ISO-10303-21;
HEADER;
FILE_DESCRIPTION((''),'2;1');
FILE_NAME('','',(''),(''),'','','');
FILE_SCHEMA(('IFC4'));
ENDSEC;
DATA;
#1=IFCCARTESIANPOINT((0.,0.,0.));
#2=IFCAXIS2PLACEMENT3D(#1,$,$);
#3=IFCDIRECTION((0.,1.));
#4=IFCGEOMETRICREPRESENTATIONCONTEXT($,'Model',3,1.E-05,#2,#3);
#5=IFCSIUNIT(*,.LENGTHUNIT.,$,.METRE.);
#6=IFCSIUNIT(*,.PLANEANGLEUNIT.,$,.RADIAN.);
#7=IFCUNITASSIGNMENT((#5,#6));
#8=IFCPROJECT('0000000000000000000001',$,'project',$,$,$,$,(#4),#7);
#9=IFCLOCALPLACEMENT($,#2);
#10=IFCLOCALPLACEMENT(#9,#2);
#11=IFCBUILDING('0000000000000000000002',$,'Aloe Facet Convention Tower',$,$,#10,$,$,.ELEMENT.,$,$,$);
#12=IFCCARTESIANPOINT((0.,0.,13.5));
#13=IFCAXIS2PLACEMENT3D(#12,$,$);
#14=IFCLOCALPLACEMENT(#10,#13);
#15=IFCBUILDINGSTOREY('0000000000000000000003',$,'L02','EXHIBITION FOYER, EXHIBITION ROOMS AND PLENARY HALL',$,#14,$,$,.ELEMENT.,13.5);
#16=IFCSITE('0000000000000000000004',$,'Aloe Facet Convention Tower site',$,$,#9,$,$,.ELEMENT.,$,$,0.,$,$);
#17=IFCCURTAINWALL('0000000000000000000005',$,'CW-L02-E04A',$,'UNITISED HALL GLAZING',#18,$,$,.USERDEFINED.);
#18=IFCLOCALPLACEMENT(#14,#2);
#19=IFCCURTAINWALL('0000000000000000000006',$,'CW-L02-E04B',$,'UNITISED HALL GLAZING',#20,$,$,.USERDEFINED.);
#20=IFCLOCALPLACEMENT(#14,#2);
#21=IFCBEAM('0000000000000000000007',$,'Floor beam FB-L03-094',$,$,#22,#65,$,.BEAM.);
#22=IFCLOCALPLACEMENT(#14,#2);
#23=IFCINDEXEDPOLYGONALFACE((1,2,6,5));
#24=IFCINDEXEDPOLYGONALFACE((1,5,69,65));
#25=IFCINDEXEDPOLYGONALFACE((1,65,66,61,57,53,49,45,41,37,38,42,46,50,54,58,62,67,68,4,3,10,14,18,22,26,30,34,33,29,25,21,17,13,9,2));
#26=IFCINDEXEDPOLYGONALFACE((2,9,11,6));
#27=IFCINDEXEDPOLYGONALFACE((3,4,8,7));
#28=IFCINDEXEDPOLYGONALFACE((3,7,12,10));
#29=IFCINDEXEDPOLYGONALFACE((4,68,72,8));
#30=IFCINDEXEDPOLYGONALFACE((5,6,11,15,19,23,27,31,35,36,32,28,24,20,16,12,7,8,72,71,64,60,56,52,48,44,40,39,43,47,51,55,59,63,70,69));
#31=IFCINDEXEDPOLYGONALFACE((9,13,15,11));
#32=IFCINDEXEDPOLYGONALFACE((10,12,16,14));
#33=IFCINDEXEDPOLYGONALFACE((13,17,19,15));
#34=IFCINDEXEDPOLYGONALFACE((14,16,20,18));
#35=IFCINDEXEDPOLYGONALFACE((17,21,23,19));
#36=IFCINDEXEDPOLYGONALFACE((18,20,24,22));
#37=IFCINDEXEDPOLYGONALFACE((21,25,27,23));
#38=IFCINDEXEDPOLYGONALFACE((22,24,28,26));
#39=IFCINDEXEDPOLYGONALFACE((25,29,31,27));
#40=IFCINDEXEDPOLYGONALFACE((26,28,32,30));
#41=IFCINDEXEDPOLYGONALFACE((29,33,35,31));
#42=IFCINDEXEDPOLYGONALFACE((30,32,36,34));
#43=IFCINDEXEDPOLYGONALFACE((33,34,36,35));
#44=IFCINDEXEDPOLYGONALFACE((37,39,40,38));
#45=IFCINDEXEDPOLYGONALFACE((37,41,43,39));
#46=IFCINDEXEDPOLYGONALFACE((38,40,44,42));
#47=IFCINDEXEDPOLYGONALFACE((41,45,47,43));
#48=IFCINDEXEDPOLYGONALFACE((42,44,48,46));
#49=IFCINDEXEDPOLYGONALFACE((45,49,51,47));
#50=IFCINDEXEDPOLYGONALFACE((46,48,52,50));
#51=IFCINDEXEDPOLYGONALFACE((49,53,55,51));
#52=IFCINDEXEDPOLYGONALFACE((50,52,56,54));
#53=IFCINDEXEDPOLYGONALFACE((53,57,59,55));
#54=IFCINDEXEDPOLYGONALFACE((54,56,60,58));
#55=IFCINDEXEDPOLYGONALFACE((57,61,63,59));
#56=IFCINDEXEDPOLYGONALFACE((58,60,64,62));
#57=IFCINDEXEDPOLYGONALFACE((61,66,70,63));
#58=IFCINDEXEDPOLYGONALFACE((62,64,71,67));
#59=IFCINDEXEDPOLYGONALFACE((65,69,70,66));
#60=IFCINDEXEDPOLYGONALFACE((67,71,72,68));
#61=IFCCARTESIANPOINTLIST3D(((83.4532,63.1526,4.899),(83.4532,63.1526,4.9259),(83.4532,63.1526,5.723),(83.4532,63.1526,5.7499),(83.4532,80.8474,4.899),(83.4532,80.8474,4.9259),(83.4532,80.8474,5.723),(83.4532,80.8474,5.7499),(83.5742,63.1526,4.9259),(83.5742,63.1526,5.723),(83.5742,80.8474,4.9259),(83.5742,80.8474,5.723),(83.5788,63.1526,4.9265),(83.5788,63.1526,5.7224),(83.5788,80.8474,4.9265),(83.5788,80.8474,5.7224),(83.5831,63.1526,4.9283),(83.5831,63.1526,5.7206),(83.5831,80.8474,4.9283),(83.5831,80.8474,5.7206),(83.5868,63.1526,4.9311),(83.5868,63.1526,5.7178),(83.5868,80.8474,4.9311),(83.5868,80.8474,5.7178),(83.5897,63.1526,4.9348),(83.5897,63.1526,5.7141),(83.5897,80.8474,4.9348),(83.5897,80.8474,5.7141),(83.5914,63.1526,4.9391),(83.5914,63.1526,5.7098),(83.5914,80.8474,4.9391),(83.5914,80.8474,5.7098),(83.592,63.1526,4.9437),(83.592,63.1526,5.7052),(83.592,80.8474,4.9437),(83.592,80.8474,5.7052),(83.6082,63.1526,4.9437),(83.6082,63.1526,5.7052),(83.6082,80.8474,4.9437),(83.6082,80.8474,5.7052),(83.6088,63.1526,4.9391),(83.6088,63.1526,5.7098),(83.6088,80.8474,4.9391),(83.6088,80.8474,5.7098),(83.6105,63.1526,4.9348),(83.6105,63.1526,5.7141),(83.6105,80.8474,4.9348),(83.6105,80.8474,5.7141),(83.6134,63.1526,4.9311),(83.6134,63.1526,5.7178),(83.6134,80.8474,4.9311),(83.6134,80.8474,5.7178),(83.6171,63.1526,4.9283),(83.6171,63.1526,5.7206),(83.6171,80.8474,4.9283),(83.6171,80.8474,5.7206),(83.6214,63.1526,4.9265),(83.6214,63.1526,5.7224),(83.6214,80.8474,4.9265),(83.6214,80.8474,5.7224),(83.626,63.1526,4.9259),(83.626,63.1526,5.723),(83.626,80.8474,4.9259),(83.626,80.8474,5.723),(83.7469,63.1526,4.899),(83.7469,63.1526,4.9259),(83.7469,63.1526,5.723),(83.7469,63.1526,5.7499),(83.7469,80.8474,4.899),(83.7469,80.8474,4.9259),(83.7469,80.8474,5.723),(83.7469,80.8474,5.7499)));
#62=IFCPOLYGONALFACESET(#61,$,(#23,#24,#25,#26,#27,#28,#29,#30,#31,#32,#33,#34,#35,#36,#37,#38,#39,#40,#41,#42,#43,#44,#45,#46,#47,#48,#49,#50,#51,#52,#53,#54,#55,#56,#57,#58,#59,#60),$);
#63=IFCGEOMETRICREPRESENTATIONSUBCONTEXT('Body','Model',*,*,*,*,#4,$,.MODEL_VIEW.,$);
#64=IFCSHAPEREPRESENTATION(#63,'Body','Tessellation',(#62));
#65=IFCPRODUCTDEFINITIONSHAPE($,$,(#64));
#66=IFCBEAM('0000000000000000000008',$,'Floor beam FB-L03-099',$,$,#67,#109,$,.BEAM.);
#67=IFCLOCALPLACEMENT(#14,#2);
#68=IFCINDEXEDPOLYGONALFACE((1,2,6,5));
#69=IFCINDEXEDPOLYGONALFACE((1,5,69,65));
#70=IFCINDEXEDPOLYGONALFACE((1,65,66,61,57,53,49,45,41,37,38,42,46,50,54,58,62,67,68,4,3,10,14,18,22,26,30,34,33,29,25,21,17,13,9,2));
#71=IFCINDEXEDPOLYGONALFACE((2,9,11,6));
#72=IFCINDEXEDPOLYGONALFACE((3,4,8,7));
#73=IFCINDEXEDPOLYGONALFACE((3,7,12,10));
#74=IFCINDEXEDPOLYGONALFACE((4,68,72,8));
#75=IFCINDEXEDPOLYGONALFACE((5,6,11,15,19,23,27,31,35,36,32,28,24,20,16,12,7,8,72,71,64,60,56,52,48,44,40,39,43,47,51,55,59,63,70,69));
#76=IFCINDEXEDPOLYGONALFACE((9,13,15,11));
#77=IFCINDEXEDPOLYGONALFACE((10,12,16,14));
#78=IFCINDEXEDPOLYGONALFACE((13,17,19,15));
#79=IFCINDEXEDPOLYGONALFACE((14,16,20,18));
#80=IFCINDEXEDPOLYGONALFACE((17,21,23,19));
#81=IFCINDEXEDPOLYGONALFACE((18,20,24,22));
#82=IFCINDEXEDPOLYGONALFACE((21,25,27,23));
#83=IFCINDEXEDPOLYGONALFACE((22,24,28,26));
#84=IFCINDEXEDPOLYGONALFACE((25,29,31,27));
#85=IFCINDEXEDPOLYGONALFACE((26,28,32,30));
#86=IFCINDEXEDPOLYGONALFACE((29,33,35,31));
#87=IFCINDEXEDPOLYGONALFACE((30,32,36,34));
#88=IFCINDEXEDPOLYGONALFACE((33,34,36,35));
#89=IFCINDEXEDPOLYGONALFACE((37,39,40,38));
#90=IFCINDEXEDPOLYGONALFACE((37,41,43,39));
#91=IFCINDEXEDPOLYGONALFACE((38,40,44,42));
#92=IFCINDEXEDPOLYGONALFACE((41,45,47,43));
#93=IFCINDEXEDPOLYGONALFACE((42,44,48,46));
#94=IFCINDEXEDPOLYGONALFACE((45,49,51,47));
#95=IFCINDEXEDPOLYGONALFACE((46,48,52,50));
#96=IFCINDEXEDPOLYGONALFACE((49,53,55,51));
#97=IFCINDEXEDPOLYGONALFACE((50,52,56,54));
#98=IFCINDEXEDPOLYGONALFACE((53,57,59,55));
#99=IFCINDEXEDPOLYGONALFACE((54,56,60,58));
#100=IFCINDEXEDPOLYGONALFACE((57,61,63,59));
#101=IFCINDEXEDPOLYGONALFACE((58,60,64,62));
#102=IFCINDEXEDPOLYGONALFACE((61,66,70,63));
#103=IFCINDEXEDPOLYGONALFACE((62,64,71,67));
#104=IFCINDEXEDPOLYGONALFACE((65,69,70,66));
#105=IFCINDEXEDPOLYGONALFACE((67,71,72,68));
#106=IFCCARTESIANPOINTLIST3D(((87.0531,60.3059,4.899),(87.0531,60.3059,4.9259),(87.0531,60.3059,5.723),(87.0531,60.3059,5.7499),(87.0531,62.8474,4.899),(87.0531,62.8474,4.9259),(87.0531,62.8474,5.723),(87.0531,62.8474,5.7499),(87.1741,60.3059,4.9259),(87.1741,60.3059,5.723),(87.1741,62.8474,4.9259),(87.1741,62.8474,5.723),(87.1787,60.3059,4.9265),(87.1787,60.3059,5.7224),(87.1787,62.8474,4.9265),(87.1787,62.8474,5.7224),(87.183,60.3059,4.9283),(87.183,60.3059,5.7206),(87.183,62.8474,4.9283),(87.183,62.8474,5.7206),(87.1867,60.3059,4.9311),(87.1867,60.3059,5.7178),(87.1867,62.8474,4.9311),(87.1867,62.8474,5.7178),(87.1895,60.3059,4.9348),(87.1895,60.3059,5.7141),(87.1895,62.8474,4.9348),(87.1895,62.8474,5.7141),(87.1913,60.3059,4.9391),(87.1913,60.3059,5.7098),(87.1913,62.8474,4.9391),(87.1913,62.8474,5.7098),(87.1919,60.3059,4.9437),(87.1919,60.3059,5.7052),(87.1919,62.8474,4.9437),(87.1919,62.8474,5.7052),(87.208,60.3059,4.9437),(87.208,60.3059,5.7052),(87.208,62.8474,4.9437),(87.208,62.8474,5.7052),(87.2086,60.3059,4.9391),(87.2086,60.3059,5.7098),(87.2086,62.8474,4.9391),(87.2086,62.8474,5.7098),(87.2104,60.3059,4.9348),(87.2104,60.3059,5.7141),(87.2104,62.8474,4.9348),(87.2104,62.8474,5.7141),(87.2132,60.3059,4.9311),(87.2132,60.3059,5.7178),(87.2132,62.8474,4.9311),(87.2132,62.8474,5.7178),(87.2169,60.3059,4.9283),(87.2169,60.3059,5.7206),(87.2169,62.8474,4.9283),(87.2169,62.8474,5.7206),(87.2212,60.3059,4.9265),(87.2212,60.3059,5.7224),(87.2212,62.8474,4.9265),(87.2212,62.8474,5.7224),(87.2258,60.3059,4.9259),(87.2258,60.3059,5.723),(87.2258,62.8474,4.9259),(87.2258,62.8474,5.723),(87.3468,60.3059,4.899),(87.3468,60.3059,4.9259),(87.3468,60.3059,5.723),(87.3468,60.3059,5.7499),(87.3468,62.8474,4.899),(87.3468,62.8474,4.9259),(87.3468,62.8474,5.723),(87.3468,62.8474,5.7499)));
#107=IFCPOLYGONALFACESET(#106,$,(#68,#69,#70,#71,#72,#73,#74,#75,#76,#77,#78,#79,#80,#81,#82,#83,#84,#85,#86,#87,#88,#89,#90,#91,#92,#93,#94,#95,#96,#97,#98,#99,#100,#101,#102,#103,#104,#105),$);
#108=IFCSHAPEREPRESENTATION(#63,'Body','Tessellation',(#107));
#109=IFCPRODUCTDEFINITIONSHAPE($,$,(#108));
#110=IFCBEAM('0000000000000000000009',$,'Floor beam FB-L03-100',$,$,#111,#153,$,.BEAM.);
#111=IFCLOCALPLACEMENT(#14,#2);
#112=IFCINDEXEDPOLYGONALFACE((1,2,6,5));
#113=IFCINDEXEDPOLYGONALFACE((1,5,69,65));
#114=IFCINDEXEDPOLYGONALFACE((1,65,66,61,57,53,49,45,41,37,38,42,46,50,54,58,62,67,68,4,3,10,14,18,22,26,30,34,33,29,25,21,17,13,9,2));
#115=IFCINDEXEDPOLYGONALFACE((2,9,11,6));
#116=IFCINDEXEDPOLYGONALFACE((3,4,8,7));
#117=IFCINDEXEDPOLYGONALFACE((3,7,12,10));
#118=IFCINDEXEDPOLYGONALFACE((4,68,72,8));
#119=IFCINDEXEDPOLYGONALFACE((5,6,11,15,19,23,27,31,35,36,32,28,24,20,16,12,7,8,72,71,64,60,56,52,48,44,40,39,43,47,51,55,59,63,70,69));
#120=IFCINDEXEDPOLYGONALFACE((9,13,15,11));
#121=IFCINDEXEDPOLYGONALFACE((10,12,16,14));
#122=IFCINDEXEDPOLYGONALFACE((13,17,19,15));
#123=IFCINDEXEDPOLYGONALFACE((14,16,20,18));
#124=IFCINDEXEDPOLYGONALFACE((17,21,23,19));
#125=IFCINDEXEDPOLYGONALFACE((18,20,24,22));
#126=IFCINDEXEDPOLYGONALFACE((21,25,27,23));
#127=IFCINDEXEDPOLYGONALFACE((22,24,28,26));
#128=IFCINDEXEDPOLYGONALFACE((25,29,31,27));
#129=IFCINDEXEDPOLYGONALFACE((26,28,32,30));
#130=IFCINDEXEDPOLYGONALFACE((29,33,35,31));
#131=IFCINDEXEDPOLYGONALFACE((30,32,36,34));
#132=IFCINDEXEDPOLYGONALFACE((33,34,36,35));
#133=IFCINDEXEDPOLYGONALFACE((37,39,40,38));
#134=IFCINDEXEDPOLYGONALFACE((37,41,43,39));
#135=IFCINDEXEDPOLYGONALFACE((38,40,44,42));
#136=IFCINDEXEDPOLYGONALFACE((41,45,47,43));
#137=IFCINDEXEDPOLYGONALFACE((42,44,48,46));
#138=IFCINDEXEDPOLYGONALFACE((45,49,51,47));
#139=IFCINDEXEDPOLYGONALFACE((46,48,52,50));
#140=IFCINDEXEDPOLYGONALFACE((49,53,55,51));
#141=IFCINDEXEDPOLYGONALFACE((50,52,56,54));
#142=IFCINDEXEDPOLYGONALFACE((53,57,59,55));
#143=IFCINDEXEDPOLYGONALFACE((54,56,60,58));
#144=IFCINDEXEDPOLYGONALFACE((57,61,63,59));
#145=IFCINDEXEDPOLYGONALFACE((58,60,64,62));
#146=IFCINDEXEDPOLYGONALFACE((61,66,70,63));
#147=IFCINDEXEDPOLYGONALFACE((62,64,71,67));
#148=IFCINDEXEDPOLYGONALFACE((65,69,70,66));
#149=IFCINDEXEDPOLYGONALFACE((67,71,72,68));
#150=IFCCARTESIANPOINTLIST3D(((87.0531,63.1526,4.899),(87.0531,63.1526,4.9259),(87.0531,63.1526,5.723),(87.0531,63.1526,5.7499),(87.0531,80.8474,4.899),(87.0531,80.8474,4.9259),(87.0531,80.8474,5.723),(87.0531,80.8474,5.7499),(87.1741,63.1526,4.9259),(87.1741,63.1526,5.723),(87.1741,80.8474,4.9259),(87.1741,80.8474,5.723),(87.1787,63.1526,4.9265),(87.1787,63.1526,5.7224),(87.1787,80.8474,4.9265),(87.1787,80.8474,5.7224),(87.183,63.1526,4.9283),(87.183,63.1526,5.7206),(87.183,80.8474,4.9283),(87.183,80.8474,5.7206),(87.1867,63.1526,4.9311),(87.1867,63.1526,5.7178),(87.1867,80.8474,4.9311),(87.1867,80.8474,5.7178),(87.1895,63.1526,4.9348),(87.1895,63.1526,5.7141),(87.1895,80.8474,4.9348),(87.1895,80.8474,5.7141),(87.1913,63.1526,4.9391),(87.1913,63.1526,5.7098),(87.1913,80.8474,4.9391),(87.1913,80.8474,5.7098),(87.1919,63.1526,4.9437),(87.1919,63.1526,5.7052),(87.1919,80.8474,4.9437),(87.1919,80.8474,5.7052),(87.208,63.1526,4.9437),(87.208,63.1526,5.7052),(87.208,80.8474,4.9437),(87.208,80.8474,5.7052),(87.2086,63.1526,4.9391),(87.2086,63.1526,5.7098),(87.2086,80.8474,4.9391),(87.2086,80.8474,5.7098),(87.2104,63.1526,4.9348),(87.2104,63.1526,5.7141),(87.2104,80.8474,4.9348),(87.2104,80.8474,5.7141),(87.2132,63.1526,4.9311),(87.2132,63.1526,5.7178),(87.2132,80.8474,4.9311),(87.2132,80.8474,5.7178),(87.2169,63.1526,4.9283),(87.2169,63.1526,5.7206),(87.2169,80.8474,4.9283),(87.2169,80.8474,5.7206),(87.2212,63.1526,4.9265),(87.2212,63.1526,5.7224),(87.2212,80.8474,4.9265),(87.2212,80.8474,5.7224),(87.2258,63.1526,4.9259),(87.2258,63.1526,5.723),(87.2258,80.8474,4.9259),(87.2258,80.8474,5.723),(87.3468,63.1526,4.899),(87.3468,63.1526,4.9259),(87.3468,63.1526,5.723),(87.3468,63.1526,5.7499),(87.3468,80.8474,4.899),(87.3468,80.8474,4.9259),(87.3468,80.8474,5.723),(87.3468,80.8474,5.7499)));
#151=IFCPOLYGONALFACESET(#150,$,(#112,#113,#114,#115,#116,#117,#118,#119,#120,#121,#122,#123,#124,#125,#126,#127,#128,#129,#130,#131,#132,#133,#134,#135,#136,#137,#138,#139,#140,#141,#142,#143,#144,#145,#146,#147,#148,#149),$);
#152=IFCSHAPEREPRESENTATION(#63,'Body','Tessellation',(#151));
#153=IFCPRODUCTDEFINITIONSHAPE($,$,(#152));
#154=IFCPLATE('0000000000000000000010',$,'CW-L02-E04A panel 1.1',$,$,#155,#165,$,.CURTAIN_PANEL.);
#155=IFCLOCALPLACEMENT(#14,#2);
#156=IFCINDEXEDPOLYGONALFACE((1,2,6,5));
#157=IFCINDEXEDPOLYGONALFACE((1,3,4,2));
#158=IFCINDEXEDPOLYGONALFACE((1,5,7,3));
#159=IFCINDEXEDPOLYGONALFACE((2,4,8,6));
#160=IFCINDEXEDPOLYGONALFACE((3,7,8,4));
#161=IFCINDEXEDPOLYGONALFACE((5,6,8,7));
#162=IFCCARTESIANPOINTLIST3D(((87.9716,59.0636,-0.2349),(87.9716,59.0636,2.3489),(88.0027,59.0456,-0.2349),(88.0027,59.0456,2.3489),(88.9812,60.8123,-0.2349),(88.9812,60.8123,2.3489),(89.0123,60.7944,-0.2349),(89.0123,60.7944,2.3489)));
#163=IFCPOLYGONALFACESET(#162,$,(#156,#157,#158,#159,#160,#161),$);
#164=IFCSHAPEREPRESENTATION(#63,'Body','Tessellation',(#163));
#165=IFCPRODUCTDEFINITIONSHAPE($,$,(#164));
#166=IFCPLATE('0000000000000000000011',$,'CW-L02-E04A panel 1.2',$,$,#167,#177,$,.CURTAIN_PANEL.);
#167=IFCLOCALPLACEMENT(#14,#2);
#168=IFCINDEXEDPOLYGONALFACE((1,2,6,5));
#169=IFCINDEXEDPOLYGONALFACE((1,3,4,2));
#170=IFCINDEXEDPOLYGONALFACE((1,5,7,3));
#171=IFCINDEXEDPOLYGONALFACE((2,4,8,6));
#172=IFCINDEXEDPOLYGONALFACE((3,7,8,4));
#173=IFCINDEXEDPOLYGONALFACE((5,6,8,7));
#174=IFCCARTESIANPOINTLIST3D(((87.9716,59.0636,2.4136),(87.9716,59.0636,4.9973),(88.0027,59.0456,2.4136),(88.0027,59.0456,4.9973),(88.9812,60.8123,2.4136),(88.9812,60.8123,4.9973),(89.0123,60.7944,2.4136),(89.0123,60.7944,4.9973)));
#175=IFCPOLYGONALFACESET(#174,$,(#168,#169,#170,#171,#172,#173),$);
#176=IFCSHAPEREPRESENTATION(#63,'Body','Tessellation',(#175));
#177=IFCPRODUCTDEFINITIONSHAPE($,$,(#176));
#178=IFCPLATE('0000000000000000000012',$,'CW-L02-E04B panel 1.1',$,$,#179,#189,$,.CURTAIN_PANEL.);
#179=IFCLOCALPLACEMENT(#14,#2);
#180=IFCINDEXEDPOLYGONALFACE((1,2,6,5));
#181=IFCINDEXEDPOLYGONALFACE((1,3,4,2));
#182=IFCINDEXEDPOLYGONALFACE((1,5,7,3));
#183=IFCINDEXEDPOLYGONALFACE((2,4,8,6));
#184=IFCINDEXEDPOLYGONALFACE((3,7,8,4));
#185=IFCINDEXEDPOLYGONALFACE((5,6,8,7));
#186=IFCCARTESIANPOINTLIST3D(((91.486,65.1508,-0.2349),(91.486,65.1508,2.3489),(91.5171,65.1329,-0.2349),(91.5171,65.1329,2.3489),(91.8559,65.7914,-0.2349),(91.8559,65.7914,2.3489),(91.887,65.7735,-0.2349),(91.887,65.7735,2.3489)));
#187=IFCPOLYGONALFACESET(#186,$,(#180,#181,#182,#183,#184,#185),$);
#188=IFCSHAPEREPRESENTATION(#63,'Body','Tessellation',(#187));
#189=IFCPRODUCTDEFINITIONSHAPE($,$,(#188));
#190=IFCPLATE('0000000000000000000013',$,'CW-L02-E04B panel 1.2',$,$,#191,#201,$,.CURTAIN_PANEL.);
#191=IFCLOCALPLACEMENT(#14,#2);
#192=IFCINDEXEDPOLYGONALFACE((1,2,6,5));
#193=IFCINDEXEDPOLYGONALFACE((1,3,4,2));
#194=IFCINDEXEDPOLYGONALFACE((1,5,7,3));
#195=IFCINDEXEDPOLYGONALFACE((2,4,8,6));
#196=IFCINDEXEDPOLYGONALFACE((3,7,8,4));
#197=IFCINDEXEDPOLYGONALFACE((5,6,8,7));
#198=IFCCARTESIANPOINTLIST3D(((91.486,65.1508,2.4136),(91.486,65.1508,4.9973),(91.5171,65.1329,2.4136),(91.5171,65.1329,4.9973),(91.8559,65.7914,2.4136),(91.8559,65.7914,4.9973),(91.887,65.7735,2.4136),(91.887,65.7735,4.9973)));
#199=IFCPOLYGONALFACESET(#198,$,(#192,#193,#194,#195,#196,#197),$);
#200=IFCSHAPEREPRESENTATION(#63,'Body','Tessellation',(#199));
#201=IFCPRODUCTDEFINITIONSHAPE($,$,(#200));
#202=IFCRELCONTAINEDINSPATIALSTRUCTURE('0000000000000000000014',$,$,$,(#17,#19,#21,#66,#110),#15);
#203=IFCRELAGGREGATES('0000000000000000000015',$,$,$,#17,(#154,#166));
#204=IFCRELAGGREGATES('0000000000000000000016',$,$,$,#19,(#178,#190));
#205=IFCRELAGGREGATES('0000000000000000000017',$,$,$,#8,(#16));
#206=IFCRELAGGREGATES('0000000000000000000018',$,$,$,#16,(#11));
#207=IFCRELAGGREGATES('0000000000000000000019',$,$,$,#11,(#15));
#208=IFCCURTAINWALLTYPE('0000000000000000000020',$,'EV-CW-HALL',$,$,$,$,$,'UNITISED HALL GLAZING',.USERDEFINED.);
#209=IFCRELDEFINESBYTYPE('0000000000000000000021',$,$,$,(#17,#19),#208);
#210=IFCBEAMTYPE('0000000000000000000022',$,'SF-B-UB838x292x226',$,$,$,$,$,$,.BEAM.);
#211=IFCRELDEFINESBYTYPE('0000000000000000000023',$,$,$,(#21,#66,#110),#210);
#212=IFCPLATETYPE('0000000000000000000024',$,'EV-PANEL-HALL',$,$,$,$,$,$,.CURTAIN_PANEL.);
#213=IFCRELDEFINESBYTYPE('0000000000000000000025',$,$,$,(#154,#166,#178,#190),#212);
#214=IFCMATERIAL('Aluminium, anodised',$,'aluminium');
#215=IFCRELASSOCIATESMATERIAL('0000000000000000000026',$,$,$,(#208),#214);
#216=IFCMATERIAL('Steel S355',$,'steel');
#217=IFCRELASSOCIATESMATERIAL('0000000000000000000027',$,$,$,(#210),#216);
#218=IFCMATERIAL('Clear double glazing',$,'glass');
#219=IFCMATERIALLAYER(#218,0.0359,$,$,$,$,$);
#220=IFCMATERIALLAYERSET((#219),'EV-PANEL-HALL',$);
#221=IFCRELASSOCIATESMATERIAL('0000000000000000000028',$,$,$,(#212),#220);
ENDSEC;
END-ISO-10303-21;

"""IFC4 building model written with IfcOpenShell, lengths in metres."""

from ifc_helpers import new_model, si_unit, direction, frame, origin, origin_2d, place, context, subcontext, project, spatial, rectangle, i_section, extrude, material, layer, layer_set, material_profile, profile_set, type_object, element, aggregate, save


model = new_model("IFC4")

# Units and contexts
model_context = context("Model", 3, precision=1e-05, world=origin(), true_north=direction((0.0, 1.0)))
body_context = subcontext(model_context, "Body", "Model", "MODEL_VIEW")
ifc_project = project(units=[si_unit("LENGTHUNIT", "METRE"), si_unit("PLANEANGLEUNIT", "RADIAN")], contexts=[model_context])

# Site, building, storey
site_placement = place(None, origin())
site = spatial("IfcSite", under=ifc_project, at=site_placement, Name="Aloe Facet Convention Tower site", CompositionType="ELEMENT", RefElevation=0.0)
building_placement = place(site_placement, origin())
building = spatial("IfcBuilding", under=site, at=building_placement, Name="Aloe Facet Convention Tower", CompositionType="ELEMENT")
storey_placement = place(building_placement, frame((0.0, 0.0, 13.5)))
storey = spatial("IfcBuildingStorey", under=building, at=storey_placement, Name="L02", Description="EXHIBITION FOYER, EXHIBITION ROOMS AND PLENARY HALL", CompositionType="ELEMENT", Elevation=13.5)

# Curtain wall
ifc_material_1 = material(Name="Aluminium, anodised", Category="aluminium")
curtain_wall_type = type_object("IfcCurtainWallType", Name="EV-CW-HALL", ElementType="UNITISED HALL GLAZING", PredefinedType="USERDEFINED", material=ifc_material_1)
curtain_wall_1_placement = place(storey_placement, origin())
curtain_wall_1 = element("IfcCurtainWall", 1, at=curtain_wall_1_placement, inside=storey, type_object=curtain_wall_type, Name="CW-L02-E04A", ObjectType="UNITISED HALL GLAZING", PredefinedType="USERDEFINED")

# Curtain wall
curtain_wall_2_placement = place(storey_placement, origin())
curtain_wall_2 = element("IfcCurtainWall", 2, at=curtain_wall_2_placement, inside=storey, type_object=curtain_wall_type, Name="CW-L02-E04B", ObjectType="UNITISED HALL GLAZING", PredefinedType="USERDEFINED")

# Beams
ifc_material_2 = material(Name="Steel S355", Category="steel")
ifc_material_profile_1 = material_profile(ifc_material_2, i_section(OverallWidth=0.2937, OverallDepth=0.8508, WebThickness=0.0161, FlangeThickness=0.0269, FilletRadius=0.0178, at=origin_2d()), Name="UB 838x292x226")
ifc_profile_set_1 = profile_set([ifc_material_profile_1], Name="Steel S355")
beam_type_1 = type_object("IfcBeamType", Name="SF-B-UB838x292x226", PredefinedType="BEAM", material=ifc_profile_set_1)
beam_1_placement = place(storey_placement, frame((83.6001, 63.1526, 5.3245), z_axis=(0.0, 1.0, 0.0), x_axis=(-1.0, 0.0, 0.0)))
element("IfcBeam", 3, at=beam_1_placement, inside=storey, type_object=beam_type_1, Name="Floor beam FB-L03-094", PredefinedType="BEAM", context=body_context, shape_type="SweptSolid", body=[
    extrude(i_section(OverallWidth=0.2937, OverallDepth=0.8508, WebThickness=0.0161, FlangeThickness=0.0269, FilletRadius=0.0178, at=origin_2d()), origin(), (0.0, 0.0, 1.0), 17.6948),
])
beam_2_placement = place(storey_placement, frame((87.2, 60.3059, 5.3245), z_axis=(0.0, 1.0, 0.0), x_axis=(-1.0, 0.0, 0.0)))
element("IfcBeam", 4, at=beam_2_placement, inside=storey, type_object=beam_type_1, Name="Floor beam FB-L03-099", PredefinedType="BEAM", context=body_context, shape_type="SweptSolid", body=[
    extrude(i_section(OverallWidth=0.2937, OverallDepth=0.8508, WebThickness=0.0161, FlangeThickness=0.0269, FilletRadius=0.0178, at=origin_2d()), origin(), (0.0, 0.0, 1.0), 2.5415),
])
beam_3_placement = place(storey_placement, frame((87.2, 63.1526, 5.3245), z_axis=(0.0, 1.0, 0.0), x_axis=(-1.0, 0.0, 0.0)))
element("IfcBeam", 5, at=beam_3_placement, inside=storey, type_object=beam_type_1, Name="Floor beam FB-L03-100", PredefinedType="BEAM", context=body_context, shape_type="SweptSolid", body=[
    extrude(i_section(OverallWidth=0.2937, OverallDepth=0.8508, WebThickness=0.0161, FlangeThickness=0.0269, FilletRadius=0.0178, at=origin_2d()), origin(), (0.0, 0.0, 1.0), 17.6948),
])

# Plates
ifc_material_3 = material(Name="Clear double glazing", Category="glass")
ifc_layer_1 = layer(ifc_material_3, 0.0359)
ifc_layer_set_1 = layer_set([ifc_layer_1], Name="EV-PANEL-HALL")
plate_type = type_object("IfcPlateType", Name="EV-PANEL-HALL", PredefinedType="CURTAIN_PANEL", material=ifc_layer_set_1)
plate_1_placement = place(storey_placement, frame((88.4919, 59.929, -0.2349), z_axis=(0.0, 0.0, 1.0), x_axis=(0.5, 0.866025, 0.0)))
plate_1 = element("IfcPlate", 6, at=plate_1_placement, type_object=plate_type, Name="CW-L02-E04A panel 1.1", PredefinedType="CURTAIN_PANEL", context=body_context, shape_type="SweptSolid", body=[
    extrude(rectangle(XDim=2.0193, YDim=0.0359, at=origin_2d()), origin(), (0.0, 0.0, 1.0), 2.5837),
])
plate_2_placement = place(storey_placement, frame((88.4919, 59.929, 2.4136), z_axis=(0.0, 0.0, 1.0), x_axis=(0.5, 0.866025, 0.0)))
plate_2 = element("IfcPlate", 7, at=plate_2_placement, type_object=plate_type, Name="CW-L02-E04A panel 1.2", PredefinedType="CURTAIN_PANEL", context=body_context, shape_type="SweptSolid", body=[
    extrude(rectangle(XDim=2.0193, YDim=0.0359, at=origin_2d()), origin(), (0.0, 0.0, 1.0), 2.5837),
])
aggregate(curtain_wall_1, [plate_1, plate_2])
plate_3_placement = place(storey_placement, frame((91.6865, 65.4622, -0.2349), z_axis=(0.0, 0.0, 1.0), x_axis=(0.5, 0.866025, 0.0)))
plate_3 = element("IfcPlate", 8, at=plate_3_placement, type_object=plate_type, Name="CW-L02-E04B panel 1.1", PredefinedType="CURTAIN_PANEL", context=body_context, shape_type="SweptSolid", body=[
    extrude(rectangle(XDim=0.7397, YDim=0.0359, at=origin_2d()), origin(), (0.0, 0.0, 1.0), 2.5837),
])
plate_4_placement = place(storey_placement, frame((91.6865, 65.4622, 2.4136), z_axis=(0.0, 0.0, 1.0), x_axis=(0.5, 0.866025, 0.0)))
plate_4 = element("IfcPlate", 9, at=plate_4_placement, type_object=plate_type, Name="CW-L02-E04B panel 1.2", PredefinedType="CURTAIN_PANEL", context=body_context, shape_type="SweptSolid", body=[
    extrude(rectangle(XDim=0.7397, YDim=0.0359, at=origin_2d()), origin(), (0.0, 0.0, 1.0), 2.5837),
])
aggregate(curtain_wall_2, [plate_3, plate_4])

save(model, "model.ifc")
